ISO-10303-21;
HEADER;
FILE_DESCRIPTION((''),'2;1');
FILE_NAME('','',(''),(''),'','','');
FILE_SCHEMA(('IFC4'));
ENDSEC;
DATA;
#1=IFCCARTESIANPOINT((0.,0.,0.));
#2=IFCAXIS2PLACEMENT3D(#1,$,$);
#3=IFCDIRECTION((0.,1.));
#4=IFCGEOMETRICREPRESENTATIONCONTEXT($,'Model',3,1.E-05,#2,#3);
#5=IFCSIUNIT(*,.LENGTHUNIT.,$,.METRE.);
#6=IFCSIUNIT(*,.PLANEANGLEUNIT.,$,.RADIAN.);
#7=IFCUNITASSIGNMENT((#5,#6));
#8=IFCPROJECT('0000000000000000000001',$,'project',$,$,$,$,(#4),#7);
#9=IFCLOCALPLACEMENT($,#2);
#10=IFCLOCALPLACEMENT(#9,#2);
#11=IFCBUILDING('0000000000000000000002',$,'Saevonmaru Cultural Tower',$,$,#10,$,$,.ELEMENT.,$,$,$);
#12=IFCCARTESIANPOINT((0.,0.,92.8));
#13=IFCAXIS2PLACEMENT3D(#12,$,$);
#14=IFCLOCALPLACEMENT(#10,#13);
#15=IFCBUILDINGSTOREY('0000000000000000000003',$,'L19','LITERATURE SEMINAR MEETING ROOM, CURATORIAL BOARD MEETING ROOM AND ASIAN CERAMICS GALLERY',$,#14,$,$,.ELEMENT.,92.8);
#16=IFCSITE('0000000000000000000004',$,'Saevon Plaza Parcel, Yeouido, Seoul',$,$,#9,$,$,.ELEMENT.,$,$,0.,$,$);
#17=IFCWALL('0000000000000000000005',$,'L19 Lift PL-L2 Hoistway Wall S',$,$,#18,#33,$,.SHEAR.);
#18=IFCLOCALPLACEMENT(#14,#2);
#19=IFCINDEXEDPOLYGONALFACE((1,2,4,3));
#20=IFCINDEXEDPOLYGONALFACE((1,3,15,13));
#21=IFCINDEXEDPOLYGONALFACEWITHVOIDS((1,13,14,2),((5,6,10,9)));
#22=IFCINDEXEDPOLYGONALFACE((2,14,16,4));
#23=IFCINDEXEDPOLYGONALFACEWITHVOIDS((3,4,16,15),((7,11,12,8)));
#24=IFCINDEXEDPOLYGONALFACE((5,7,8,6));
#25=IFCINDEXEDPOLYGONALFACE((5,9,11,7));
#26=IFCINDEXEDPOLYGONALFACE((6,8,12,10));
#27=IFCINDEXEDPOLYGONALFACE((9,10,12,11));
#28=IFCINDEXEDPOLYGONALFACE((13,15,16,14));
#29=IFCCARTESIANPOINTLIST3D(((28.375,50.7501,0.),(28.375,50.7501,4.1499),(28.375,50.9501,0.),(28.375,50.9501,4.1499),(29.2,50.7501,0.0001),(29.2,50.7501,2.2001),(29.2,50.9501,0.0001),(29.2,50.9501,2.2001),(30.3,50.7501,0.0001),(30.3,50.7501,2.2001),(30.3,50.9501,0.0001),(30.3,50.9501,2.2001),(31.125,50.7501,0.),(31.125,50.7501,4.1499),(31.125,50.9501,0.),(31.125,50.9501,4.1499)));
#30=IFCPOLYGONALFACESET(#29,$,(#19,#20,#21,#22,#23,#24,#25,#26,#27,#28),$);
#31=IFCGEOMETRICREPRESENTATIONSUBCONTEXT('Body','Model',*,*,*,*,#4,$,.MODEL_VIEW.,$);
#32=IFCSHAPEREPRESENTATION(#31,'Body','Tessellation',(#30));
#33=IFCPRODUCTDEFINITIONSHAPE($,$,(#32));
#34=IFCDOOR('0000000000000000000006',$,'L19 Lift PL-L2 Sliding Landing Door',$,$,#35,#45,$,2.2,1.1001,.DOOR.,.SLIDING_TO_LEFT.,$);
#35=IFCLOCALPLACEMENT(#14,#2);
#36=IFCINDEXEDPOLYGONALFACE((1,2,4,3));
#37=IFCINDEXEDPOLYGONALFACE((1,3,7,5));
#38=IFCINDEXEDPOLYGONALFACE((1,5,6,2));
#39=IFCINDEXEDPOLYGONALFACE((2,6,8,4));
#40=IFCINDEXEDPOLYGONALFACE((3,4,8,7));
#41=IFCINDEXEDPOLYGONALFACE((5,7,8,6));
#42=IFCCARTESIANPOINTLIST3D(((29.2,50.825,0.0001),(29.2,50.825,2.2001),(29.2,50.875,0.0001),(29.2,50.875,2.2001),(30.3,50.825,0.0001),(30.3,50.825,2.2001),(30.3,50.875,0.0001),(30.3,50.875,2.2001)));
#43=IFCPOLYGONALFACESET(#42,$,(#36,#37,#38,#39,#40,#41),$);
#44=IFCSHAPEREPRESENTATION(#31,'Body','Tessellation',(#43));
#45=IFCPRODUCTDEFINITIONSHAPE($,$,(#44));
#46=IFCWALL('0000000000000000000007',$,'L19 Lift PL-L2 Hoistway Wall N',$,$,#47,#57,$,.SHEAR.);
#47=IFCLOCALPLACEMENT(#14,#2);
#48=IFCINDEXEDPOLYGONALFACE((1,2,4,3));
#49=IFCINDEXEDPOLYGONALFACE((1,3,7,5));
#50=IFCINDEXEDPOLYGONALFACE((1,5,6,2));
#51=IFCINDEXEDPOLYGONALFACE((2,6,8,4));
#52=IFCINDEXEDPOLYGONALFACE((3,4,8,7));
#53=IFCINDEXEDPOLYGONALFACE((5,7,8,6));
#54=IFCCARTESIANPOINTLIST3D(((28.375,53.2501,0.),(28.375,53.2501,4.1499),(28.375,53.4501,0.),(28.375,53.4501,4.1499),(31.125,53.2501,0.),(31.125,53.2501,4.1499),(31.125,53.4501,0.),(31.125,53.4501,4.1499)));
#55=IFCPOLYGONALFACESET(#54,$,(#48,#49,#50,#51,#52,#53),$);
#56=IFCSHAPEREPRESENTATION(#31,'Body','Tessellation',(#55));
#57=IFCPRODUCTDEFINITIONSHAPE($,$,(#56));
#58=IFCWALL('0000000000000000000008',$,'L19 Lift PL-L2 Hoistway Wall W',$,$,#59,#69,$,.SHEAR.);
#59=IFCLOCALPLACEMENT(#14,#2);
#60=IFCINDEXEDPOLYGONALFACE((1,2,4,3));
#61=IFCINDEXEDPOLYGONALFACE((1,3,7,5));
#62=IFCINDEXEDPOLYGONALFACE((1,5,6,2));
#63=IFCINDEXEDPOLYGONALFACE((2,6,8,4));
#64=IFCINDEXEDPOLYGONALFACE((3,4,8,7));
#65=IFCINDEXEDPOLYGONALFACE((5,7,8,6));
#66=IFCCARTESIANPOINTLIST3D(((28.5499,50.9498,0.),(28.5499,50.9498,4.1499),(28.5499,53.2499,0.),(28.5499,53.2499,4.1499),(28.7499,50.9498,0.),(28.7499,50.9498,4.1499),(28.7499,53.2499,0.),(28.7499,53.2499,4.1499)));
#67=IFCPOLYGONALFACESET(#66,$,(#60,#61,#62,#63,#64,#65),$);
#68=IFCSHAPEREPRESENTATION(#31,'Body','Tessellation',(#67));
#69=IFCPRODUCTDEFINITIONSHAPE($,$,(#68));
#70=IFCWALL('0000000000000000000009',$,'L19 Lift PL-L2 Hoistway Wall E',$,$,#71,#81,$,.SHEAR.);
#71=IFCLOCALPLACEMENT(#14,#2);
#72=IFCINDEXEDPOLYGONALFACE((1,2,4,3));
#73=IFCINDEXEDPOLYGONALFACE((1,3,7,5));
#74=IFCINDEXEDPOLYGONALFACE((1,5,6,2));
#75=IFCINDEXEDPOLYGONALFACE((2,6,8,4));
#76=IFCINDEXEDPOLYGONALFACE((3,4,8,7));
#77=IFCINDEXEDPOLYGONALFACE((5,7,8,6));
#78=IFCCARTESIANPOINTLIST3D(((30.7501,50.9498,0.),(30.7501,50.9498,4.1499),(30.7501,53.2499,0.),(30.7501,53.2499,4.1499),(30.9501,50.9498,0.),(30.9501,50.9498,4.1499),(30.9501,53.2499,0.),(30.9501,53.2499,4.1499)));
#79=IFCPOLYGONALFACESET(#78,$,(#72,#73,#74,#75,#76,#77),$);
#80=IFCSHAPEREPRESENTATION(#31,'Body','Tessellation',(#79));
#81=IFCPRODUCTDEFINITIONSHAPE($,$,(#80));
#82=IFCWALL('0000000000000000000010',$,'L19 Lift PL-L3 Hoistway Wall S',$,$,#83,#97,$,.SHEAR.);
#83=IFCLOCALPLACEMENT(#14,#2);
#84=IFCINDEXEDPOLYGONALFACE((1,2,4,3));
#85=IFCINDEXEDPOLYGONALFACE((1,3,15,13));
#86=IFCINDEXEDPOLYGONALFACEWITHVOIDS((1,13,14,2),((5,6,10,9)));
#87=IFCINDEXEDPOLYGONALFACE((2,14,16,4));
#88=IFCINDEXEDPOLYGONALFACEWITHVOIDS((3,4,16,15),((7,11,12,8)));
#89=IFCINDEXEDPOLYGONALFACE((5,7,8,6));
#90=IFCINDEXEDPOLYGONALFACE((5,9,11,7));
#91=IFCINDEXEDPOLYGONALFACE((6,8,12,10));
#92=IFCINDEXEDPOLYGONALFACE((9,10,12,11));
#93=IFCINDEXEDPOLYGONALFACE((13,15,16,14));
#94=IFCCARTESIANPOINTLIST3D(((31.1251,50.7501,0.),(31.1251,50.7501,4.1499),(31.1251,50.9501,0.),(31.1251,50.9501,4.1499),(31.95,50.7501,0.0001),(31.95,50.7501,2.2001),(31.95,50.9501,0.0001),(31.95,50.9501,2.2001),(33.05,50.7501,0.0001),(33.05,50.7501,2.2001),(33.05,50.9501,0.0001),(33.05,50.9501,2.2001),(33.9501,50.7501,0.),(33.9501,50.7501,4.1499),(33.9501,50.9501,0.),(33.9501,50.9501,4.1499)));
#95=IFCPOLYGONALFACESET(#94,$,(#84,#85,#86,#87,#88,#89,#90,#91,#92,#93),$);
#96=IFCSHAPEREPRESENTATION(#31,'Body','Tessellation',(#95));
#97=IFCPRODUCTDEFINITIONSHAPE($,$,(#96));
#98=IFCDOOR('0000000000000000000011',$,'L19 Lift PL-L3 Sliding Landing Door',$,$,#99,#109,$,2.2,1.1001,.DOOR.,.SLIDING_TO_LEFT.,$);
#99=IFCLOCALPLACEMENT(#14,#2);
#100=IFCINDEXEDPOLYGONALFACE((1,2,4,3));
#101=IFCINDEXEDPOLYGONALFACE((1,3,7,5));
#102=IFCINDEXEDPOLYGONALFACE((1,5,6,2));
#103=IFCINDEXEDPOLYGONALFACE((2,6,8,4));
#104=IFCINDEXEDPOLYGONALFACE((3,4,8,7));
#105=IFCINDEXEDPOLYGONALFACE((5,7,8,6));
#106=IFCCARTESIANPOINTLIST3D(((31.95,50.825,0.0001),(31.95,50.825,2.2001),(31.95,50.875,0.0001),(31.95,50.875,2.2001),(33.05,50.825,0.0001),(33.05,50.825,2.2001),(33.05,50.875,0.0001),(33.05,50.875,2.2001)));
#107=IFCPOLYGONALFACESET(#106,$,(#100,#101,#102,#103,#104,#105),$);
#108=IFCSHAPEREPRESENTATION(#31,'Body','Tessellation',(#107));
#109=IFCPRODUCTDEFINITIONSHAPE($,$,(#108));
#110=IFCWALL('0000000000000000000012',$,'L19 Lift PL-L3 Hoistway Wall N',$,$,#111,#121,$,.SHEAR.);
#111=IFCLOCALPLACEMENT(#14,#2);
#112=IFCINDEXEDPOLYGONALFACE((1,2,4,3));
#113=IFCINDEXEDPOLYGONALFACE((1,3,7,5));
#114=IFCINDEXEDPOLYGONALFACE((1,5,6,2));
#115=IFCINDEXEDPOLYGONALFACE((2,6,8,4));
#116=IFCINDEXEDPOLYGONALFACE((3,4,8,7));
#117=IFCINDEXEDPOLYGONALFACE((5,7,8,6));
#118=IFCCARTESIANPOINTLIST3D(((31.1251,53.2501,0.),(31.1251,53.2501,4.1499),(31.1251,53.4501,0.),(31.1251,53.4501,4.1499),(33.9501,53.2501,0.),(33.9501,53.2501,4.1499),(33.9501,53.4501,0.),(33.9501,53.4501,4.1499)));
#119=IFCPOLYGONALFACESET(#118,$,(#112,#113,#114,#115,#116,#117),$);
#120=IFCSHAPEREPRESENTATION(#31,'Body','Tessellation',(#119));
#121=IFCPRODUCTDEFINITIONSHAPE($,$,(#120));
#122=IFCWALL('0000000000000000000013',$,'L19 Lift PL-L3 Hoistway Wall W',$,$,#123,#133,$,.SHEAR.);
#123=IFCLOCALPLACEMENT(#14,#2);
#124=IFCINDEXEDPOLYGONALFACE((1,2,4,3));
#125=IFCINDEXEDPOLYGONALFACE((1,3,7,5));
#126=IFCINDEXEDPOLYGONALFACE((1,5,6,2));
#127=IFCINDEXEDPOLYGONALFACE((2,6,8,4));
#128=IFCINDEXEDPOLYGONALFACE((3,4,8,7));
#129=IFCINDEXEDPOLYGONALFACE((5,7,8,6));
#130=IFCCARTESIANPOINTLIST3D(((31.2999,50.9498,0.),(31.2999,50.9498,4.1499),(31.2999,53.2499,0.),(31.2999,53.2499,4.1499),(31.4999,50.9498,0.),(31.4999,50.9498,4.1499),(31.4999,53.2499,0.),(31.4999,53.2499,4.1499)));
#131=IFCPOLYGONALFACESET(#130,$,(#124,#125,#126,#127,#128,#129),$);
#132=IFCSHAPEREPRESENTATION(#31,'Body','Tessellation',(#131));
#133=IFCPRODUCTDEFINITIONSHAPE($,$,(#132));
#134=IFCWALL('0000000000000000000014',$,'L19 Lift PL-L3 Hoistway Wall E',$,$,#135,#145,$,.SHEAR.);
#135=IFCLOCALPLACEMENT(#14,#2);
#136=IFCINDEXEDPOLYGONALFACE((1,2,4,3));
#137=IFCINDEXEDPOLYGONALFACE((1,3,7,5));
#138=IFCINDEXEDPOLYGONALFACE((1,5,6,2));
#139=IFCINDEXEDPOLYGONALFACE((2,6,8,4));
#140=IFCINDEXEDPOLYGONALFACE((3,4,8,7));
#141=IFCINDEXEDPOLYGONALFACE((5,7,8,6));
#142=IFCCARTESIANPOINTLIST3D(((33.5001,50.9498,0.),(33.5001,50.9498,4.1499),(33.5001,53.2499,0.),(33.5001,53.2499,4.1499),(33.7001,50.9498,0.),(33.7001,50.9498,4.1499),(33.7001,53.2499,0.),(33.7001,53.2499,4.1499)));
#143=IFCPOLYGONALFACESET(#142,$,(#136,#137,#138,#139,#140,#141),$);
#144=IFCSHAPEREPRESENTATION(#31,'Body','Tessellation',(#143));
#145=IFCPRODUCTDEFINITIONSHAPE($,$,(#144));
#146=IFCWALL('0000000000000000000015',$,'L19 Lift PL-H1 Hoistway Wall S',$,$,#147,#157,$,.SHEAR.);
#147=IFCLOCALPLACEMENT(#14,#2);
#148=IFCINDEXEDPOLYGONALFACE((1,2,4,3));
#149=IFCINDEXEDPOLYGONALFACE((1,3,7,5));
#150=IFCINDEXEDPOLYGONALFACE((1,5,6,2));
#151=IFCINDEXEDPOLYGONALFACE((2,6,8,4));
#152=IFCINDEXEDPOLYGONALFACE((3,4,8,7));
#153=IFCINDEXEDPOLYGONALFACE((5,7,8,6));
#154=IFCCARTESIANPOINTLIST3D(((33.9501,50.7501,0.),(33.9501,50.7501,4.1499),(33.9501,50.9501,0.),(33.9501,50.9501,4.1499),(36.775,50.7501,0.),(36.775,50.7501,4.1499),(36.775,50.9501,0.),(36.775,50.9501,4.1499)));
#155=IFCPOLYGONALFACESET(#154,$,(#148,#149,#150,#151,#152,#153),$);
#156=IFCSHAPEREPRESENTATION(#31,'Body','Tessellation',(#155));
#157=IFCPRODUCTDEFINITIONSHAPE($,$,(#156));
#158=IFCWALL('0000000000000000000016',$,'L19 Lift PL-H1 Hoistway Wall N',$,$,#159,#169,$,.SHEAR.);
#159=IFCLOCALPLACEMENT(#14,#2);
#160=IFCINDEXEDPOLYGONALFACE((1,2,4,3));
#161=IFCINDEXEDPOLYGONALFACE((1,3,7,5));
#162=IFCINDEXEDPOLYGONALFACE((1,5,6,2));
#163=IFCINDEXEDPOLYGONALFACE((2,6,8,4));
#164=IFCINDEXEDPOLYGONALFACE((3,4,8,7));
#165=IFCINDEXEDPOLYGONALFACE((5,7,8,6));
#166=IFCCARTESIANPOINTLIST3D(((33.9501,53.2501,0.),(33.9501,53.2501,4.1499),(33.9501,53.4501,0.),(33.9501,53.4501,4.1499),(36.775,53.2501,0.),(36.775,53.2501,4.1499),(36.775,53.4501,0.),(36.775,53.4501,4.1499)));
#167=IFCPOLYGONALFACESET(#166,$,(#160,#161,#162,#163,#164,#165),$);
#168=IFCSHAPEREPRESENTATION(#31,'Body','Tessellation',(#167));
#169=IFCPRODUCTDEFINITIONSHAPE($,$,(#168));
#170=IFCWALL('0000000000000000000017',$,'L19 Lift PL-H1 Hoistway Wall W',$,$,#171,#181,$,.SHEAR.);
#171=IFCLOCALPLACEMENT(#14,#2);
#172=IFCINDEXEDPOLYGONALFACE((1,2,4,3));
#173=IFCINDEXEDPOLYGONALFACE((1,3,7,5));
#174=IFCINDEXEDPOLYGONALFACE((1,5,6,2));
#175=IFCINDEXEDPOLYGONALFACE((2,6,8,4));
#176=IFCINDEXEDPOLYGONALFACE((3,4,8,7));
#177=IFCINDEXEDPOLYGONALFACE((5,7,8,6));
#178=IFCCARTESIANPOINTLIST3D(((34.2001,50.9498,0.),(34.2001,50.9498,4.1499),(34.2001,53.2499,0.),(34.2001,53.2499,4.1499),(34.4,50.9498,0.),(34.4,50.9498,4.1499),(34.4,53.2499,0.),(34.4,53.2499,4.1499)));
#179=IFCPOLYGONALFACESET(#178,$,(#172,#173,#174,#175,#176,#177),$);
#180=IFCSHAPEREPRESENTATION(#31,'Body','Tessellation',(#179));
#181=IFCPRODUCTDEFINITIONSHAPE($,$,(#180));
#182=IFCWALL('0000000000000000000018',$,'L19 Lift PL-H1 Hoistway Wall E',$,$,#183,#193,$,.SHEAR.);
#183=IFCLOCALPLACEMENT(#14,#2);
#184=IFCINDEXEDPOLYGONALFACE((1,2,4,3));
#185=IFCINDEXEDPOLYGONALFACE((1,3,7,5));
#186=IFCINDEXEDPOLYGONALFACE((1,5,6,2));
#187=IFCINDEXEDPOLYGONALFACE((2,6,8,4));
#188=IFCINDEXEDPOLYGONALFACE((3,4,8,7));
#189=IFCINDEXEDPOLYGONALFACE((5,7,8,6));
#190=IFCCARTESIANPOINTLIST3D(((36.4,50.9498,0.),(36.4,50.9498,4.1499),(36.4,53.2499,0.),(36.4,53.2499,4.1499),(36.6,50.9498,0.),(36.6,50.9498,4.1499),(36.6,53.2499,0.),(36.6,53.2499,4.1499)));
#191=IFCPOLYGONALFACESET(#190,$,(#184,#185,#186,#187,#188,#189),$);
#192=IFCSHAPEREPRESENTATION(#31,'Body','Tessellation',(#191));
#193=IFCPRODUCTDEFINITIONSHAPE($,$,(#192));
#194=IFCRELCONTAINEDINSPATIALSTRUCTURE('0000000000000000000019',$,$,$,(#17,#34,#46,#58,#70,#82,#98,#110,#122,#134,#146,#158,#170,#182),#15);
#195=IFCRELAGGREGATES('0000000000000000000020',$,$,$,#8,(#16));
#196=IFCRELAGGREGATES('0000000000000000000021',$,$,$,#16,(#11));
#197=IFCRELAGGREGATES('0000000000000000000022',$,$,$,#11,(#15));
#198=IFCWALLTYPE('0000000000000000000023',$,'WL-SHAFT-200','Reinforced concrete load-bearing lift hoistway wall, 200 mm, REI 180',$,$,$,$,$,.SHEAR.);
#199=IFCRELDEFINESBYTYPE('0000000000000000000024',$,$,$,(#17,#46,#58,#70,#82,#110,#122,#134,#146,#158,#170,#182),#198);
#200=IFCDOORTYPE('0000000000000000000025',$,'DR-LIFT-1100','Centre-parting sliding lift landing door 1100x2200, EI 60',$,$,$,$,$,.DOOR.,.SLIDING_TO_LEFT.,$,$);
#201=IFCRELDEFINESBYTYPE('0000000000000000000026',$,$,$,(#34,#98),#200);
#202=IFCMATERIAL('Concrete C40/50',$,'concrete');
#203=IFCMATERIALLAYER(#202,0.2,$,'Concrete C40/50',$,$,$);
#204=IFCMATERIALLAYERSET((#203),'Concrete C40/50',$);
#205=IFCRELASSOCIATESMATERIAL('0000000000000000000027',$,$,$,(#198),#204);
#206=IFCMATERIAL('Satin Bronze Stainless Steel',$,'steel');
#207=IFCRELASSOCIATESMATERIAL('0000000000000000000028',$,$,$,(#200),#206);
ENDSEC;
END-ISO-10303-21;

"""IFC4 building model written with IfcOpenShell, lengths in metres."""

from ifc_helpers import new_model, si_unit, direction, frame, frame_2d, origin, place, context, subcontext, project, spatial, rectangle, extrude, material, layer, layer_set, type_object, element, fill, save


model = new_model("IFC4")

# Units and contexts
model_context = context("Model", 3, precision=1e-05, world=origin(), true_north=direction((0.0, 1.0)))
body_context = subcontext(model_context, "Body", "Model", "MODEL_VIEW")
ifc_project = project(units=[si_unit("LENGTHUNIT", "METRE"), si_unit("PLANEANGLEUNIT", "RADIAN")], contexts=[model_context])

# Site, building, storey
site_placement = place(None, origin())
site = spatial("IfcSite", under=ifc_project, at=site_placement, Name="Saevon Plaza Parcel, Yeouido, Seoul", CompositionType="ELEMENT", RefElevation=0.0)
building_placement = place(site_placement, origin())
building = spatial("IfcBuilding", under=site, at=building_placement, Name="Saevonmaru Cultural Tower", CompositionType="ELEMENT")
storey_placement = place(building_placement, frame((0.0, 0.0, 92.8)))
storey = spatial("IfcBuildingStorey", under=building, at=storey_placement, Name="L19", Description="LITERATURE SEMINAR MEETING ROOM, CURATORIAL BOARD MEETING ROOM AND ASIAN CERAMICS GALLERY", CompositionType="ELEMENT", Elevation=92.8)

# Shared definitions
ifc_material_1 = material(Name="Concrete C40/50", Category="concrete")
ifc_layer_1 = layer(ifc_material_1, 0.2, Name="Concrete C40/50")
ifc_layer_set_1 = layer_set([ifc_layer_1], Name="Concrete C40/50")
wall_type_1 = type_object("IfcWallType", Name="WL-SHAFT-200", Description="Reinforced concrete load-bearing lift hoistway wall, 200 mm, REI 180", PredefinedType="SHEAR", material=ifc_layer_set_1)

# Wall, opening, door
wall_1_placement = place(storey_placement, frame((28.375, 50.8501, 0.0), z_axis=(0.0, 0.0, 1.0), x_axis=(1.0, 0.0, 0.0)))
wall_1 = element("IfcWall", 1, at=wall_1_placement, inside=storey, type_object=wall_type_1, Name="L19 Lift PL-L2 Hoistway Wall S", PredefinedType="SHEAR", context=body_context, shape_type="SweptSolid", body=[
    extrude(rectangle(XDim=2.75, YDim=0.2, at=frame_2d((1.375, 0.0))), origin(), (0.0, 0.0, 1.0), 4.1499),
])
opening_1_placement = place(wall_1_placement, frame((0.825, 0.0, 0.0)))
opening_1 = element("IfcOpeningElement", 2, at=opening_1_placement, cuts=wall_1, PredefinedType="OPENING", context=body_context, shape_type="SweptSolid", body=[
    extrude(rectangle(XDim=1.1001, YDim=2.2, at=frame_2d((0.55, 1.1001))), frame((0.0, 0.1099, 0.0), z_axis=(0.0, -1.0, 0.0), x_axis=(1.0, 0.0, 0.0)), (0.0, 0.0, 1.0), 0.22),
])
ifc_material_2 = material(Name="Satin Bronze Stainless Steel", Category="steel")
door_type_1 = type_object("IfcDoorType", Name="DR-LIFT-1100", Description="Centre-parting sliding lift landing door 1100x2200, EI 60", OperationType="SLIDING_TO_LEFT", PredefinedType="DOOR", material=ifc_material_2)
door_1_placement = place(opening_1_placement, origin())
door_1 = element("IfcDoor", 3, at=door_1_placement, inside=storey, type_object=door_type_1, Name="L19 Lift PL-L2 Sliding Landing Door", OperationType="SLIDING_TO_LEFT", OverallHeight=2.2, OverallWidth=1.1001, PredefinedType="DOOR", context=body_context, shape_type="SweptSolid", body=[
    extrude(rectangle(XDim=1.1001, YDim=2.2, at=frame_2d((0.55, 1.1001))), frame((0.0, 0.0249, 0.0), z_axis=(0.0, -1.0, 0.0), x_axis=(1.0, 0.0, 0.0)), (0.0, 0.0, 1.0), 0.05),
])
fill(opening_1, door_1)

# Walls
wall_2_placement = place(storey_placement, frame((28.375, 53.3501, 0.0), z_axis=(0.0, 0.0, 1.0), x_axis=(1.0, 0.0, 0.0)))
element("IfcWall", 4, at=wall_2_placement, inside=storey, type_object=wall_type_1, Name="L19 Lift PL-L2 Hoistway Wall N", PredefinedType="SHEAR", context=body_context, shape_type="SweptSolid", body=[
    extrude(rectangle(XDim=2.75, YDim=0.2, at=frame_2d((1.375, 0.0))), origin(), (0.0, 0.0, 1.0), 4.1499),
])
for number, where, z_axis, x_axis, name in (
    (5, (28.6499, 50.95, 0.0), (0.0, 0.0, 1.0), (0.0, 1.0, 0.0), "L19 Lift PL-L2 Hoistway Wall W"),
    (6, (30.8501, 50.95, 0.0), (0.0, 0.0, 1.0), (0.0, 1.0, 0.0), "L19 Lift PL-L2 Hoistway Wall E"),
):
    element("IfcWall", number, at=place(storey_placement, frame(where, z_axis=z_axis, x_axis=x_axis)), inside=storey, type_object=wall_type_1, Name=name, PredefinedType="SHEAR", context=body_context, shape_type="SweptSolid", body=[
        extrude(rectangle(XDim=2.3, YDim=0.2, at=frame_2d((1.1499, 0.0))), origin(), (0.0, 0.0, 1.0), 4.1499),
    ])

# Wall, opening, door
wall_3_placement = place(storey_placement, frame((31.125, 50.8501, 0.0), z_axis=(0.0, 0.0, 1.0), x_axis=(1.0, 0.0, 0.0)))
wall_3 = element("IfcWall", 7, at=wall_3_placement, inside=storey, type_object=wall_type_1, Name="L19 Lift PL-L3 Hoistway Wall S", PredefinedType="SHEAR", context=body_context, shape_type="SweptSolid", body=[
    extrude(rectangle(XDim=2.825, YDim=0.2, at=frame_2d((1.4126, 0.0))), origin(), (0.0, 0.0, 1.0), 4.1499),
])
opening_2_placement = place(wall_3_placement, frame((0.825, 0.0, 0.0)))
opening_2 = element("IfcOpeningElement", 8, at=opening_2_placement, cuts=wall_3, PredefinedType="OPENING", context=body_context, shape_type="SweptSolid", body=[
    extrude(rectangle(XDim=1.1001, YDim=2.2, at=frame_2d((0.55, 1.1001))), frame((0.0, 0.1099, 0.0), z_axis=(0.0, -1.0, 0.0), x_axis=(1.0, 0.0, 0.0)), (0.0, 0.0, 1.0), 0.22),
])
door_2_placement = place(opening_2_placement, origin())
door_2 = element("IfcDoor", 9, at=door_2_placement, inside=storey, type_object=door_type_1, Name="L19 Lift PL-L3 Sliding Landing Door", OperationType="SLIDING_TO_LEFT", OverallHeight=2.2, OverallWidth=1.1001, PredefinedType="DOOR", context=body_context, shape_type="SweptSolid", body=[
    extrude(rectangle(XDim=1.1001, YDim=2.2, at=frame_2d((0.55, 1.1001))), frame((0.0, 0.0249, 0.0), z_axis=(0.0, -1.0, 0.0), x_axis=(1.0, 0.0, 0.0)), (0.0, 0.0, 1.0), 0.05),
])
fill(opening_2, door_2)

# Walls
wall_4_placement = place(storey_placement, frame((31.125, 53.3501, 0.0), z_axis=(0.0, 0.0, 1.0), x_axis=(1.0, 0.0, 0.0)))
element("IfcWall", 10, at=wall_4_placement, inside=storey, type_object=wall_type_1, Name="L19 Lift PL-L3 Hoistway Wall N", PredefinedType="SHEAR", context=body_context, shape_type="SweptSolid", body=[
    extrude(rectangle(XDim=2.825, YDim=0.2, at=frame_2d((1.4126, 0.0))), origin(), (0.0, 0.0, 1.0), 4.1499),
])
for number, where, z_axis, x_axis, name in (
    (11, (31.3999, 50.95, 0.0), (0.0, 0.0, 1.0), (0.0, 1.0, 0.0), "L19 Lift PL-L3 Hoistway Wall W"),
    (12, (33.6001, 50.95, 0.0), (0.0, 0.0, 1.0), (0.0, 1.0, 0.0), "L19 Lift PL-L3 Hoistway Wall E"),
):
    element("IfcWall", number, at=place(storey_placement, frame(where, z_axis=z_axis, x_axis=x_axis)), inside=storey, type_object=wall_type_1, Name=name, PredefinedType="SHEAR", context=body_context, shape_type="SweptSolid", body=[
        extrude(rectangle(XDim=2.3, YDim=0.2, at=frame_2d((1.1499, 0.0))), origin(), (0.0, 0.0, 1.0), 4.1499),
    ])
for number, where, z_axis, x_axis, name in (
    (13, (33.95, 50.8501, 0.0), (0.0, 0.0, 1.0), (1.0, 0.0, 0.0), "L19 Lift PL-H1 Hoistway Wall S"),
    (14, (33.95, 53.3501, 0.0), (0.0, 0.0, 1.0), (1.0, 0.0, 0.0), "L19 Lift PL-H1 Hoistway Wall N"),
):
    element("IfcWall", number, at=place(storey_placement, frame(where, z_axis=z_axis, x_axis=x_axis)), inside=storey, type_object=wall_type_1, Name=name, PredefinedType="SHEAR", context=body_context, shape_type="SweptSolid", body=[
        extrude(rectangle(XDim=2.825, YDim=0.2, at=frame_2d((1.4126, 0.0))), origin(), (0.0, 0.0, 1.0), 4.1499),
    ])
for number, where, z_axis, x_axis, name in (
    (15, (34.3, 50.95, 0.0), (0.0, 0.0, 1.0), (0.0, 1.0, 0.0), "L19 Lift PL-H1 Hoistway Wall W"),
    (16, (36.5, 50.95, 0.0), (0.0, 0.0, 1.0), (0.0, 1.0, 0.0), "L19 Lift PL-H1 Hoistway Wall E"),
):
    element("IfcWall", number, at=place(storey_placement, frame(where, z_axis=z_axis, x_axis=x_axis)), inside=storey, type_object=wall_type_1, Name=name, PredefinedType="SHEAR", context=body_context, shape_type="SweptSolid", body=[
        extrude(rectangle(XDim=2.3, YDim=0.2, at=frame_2d((1.1499, 0.0))), origin(), (0.0, 0.0, 1.0), 4.1499),
    ])

save(model, "model.ifc")
